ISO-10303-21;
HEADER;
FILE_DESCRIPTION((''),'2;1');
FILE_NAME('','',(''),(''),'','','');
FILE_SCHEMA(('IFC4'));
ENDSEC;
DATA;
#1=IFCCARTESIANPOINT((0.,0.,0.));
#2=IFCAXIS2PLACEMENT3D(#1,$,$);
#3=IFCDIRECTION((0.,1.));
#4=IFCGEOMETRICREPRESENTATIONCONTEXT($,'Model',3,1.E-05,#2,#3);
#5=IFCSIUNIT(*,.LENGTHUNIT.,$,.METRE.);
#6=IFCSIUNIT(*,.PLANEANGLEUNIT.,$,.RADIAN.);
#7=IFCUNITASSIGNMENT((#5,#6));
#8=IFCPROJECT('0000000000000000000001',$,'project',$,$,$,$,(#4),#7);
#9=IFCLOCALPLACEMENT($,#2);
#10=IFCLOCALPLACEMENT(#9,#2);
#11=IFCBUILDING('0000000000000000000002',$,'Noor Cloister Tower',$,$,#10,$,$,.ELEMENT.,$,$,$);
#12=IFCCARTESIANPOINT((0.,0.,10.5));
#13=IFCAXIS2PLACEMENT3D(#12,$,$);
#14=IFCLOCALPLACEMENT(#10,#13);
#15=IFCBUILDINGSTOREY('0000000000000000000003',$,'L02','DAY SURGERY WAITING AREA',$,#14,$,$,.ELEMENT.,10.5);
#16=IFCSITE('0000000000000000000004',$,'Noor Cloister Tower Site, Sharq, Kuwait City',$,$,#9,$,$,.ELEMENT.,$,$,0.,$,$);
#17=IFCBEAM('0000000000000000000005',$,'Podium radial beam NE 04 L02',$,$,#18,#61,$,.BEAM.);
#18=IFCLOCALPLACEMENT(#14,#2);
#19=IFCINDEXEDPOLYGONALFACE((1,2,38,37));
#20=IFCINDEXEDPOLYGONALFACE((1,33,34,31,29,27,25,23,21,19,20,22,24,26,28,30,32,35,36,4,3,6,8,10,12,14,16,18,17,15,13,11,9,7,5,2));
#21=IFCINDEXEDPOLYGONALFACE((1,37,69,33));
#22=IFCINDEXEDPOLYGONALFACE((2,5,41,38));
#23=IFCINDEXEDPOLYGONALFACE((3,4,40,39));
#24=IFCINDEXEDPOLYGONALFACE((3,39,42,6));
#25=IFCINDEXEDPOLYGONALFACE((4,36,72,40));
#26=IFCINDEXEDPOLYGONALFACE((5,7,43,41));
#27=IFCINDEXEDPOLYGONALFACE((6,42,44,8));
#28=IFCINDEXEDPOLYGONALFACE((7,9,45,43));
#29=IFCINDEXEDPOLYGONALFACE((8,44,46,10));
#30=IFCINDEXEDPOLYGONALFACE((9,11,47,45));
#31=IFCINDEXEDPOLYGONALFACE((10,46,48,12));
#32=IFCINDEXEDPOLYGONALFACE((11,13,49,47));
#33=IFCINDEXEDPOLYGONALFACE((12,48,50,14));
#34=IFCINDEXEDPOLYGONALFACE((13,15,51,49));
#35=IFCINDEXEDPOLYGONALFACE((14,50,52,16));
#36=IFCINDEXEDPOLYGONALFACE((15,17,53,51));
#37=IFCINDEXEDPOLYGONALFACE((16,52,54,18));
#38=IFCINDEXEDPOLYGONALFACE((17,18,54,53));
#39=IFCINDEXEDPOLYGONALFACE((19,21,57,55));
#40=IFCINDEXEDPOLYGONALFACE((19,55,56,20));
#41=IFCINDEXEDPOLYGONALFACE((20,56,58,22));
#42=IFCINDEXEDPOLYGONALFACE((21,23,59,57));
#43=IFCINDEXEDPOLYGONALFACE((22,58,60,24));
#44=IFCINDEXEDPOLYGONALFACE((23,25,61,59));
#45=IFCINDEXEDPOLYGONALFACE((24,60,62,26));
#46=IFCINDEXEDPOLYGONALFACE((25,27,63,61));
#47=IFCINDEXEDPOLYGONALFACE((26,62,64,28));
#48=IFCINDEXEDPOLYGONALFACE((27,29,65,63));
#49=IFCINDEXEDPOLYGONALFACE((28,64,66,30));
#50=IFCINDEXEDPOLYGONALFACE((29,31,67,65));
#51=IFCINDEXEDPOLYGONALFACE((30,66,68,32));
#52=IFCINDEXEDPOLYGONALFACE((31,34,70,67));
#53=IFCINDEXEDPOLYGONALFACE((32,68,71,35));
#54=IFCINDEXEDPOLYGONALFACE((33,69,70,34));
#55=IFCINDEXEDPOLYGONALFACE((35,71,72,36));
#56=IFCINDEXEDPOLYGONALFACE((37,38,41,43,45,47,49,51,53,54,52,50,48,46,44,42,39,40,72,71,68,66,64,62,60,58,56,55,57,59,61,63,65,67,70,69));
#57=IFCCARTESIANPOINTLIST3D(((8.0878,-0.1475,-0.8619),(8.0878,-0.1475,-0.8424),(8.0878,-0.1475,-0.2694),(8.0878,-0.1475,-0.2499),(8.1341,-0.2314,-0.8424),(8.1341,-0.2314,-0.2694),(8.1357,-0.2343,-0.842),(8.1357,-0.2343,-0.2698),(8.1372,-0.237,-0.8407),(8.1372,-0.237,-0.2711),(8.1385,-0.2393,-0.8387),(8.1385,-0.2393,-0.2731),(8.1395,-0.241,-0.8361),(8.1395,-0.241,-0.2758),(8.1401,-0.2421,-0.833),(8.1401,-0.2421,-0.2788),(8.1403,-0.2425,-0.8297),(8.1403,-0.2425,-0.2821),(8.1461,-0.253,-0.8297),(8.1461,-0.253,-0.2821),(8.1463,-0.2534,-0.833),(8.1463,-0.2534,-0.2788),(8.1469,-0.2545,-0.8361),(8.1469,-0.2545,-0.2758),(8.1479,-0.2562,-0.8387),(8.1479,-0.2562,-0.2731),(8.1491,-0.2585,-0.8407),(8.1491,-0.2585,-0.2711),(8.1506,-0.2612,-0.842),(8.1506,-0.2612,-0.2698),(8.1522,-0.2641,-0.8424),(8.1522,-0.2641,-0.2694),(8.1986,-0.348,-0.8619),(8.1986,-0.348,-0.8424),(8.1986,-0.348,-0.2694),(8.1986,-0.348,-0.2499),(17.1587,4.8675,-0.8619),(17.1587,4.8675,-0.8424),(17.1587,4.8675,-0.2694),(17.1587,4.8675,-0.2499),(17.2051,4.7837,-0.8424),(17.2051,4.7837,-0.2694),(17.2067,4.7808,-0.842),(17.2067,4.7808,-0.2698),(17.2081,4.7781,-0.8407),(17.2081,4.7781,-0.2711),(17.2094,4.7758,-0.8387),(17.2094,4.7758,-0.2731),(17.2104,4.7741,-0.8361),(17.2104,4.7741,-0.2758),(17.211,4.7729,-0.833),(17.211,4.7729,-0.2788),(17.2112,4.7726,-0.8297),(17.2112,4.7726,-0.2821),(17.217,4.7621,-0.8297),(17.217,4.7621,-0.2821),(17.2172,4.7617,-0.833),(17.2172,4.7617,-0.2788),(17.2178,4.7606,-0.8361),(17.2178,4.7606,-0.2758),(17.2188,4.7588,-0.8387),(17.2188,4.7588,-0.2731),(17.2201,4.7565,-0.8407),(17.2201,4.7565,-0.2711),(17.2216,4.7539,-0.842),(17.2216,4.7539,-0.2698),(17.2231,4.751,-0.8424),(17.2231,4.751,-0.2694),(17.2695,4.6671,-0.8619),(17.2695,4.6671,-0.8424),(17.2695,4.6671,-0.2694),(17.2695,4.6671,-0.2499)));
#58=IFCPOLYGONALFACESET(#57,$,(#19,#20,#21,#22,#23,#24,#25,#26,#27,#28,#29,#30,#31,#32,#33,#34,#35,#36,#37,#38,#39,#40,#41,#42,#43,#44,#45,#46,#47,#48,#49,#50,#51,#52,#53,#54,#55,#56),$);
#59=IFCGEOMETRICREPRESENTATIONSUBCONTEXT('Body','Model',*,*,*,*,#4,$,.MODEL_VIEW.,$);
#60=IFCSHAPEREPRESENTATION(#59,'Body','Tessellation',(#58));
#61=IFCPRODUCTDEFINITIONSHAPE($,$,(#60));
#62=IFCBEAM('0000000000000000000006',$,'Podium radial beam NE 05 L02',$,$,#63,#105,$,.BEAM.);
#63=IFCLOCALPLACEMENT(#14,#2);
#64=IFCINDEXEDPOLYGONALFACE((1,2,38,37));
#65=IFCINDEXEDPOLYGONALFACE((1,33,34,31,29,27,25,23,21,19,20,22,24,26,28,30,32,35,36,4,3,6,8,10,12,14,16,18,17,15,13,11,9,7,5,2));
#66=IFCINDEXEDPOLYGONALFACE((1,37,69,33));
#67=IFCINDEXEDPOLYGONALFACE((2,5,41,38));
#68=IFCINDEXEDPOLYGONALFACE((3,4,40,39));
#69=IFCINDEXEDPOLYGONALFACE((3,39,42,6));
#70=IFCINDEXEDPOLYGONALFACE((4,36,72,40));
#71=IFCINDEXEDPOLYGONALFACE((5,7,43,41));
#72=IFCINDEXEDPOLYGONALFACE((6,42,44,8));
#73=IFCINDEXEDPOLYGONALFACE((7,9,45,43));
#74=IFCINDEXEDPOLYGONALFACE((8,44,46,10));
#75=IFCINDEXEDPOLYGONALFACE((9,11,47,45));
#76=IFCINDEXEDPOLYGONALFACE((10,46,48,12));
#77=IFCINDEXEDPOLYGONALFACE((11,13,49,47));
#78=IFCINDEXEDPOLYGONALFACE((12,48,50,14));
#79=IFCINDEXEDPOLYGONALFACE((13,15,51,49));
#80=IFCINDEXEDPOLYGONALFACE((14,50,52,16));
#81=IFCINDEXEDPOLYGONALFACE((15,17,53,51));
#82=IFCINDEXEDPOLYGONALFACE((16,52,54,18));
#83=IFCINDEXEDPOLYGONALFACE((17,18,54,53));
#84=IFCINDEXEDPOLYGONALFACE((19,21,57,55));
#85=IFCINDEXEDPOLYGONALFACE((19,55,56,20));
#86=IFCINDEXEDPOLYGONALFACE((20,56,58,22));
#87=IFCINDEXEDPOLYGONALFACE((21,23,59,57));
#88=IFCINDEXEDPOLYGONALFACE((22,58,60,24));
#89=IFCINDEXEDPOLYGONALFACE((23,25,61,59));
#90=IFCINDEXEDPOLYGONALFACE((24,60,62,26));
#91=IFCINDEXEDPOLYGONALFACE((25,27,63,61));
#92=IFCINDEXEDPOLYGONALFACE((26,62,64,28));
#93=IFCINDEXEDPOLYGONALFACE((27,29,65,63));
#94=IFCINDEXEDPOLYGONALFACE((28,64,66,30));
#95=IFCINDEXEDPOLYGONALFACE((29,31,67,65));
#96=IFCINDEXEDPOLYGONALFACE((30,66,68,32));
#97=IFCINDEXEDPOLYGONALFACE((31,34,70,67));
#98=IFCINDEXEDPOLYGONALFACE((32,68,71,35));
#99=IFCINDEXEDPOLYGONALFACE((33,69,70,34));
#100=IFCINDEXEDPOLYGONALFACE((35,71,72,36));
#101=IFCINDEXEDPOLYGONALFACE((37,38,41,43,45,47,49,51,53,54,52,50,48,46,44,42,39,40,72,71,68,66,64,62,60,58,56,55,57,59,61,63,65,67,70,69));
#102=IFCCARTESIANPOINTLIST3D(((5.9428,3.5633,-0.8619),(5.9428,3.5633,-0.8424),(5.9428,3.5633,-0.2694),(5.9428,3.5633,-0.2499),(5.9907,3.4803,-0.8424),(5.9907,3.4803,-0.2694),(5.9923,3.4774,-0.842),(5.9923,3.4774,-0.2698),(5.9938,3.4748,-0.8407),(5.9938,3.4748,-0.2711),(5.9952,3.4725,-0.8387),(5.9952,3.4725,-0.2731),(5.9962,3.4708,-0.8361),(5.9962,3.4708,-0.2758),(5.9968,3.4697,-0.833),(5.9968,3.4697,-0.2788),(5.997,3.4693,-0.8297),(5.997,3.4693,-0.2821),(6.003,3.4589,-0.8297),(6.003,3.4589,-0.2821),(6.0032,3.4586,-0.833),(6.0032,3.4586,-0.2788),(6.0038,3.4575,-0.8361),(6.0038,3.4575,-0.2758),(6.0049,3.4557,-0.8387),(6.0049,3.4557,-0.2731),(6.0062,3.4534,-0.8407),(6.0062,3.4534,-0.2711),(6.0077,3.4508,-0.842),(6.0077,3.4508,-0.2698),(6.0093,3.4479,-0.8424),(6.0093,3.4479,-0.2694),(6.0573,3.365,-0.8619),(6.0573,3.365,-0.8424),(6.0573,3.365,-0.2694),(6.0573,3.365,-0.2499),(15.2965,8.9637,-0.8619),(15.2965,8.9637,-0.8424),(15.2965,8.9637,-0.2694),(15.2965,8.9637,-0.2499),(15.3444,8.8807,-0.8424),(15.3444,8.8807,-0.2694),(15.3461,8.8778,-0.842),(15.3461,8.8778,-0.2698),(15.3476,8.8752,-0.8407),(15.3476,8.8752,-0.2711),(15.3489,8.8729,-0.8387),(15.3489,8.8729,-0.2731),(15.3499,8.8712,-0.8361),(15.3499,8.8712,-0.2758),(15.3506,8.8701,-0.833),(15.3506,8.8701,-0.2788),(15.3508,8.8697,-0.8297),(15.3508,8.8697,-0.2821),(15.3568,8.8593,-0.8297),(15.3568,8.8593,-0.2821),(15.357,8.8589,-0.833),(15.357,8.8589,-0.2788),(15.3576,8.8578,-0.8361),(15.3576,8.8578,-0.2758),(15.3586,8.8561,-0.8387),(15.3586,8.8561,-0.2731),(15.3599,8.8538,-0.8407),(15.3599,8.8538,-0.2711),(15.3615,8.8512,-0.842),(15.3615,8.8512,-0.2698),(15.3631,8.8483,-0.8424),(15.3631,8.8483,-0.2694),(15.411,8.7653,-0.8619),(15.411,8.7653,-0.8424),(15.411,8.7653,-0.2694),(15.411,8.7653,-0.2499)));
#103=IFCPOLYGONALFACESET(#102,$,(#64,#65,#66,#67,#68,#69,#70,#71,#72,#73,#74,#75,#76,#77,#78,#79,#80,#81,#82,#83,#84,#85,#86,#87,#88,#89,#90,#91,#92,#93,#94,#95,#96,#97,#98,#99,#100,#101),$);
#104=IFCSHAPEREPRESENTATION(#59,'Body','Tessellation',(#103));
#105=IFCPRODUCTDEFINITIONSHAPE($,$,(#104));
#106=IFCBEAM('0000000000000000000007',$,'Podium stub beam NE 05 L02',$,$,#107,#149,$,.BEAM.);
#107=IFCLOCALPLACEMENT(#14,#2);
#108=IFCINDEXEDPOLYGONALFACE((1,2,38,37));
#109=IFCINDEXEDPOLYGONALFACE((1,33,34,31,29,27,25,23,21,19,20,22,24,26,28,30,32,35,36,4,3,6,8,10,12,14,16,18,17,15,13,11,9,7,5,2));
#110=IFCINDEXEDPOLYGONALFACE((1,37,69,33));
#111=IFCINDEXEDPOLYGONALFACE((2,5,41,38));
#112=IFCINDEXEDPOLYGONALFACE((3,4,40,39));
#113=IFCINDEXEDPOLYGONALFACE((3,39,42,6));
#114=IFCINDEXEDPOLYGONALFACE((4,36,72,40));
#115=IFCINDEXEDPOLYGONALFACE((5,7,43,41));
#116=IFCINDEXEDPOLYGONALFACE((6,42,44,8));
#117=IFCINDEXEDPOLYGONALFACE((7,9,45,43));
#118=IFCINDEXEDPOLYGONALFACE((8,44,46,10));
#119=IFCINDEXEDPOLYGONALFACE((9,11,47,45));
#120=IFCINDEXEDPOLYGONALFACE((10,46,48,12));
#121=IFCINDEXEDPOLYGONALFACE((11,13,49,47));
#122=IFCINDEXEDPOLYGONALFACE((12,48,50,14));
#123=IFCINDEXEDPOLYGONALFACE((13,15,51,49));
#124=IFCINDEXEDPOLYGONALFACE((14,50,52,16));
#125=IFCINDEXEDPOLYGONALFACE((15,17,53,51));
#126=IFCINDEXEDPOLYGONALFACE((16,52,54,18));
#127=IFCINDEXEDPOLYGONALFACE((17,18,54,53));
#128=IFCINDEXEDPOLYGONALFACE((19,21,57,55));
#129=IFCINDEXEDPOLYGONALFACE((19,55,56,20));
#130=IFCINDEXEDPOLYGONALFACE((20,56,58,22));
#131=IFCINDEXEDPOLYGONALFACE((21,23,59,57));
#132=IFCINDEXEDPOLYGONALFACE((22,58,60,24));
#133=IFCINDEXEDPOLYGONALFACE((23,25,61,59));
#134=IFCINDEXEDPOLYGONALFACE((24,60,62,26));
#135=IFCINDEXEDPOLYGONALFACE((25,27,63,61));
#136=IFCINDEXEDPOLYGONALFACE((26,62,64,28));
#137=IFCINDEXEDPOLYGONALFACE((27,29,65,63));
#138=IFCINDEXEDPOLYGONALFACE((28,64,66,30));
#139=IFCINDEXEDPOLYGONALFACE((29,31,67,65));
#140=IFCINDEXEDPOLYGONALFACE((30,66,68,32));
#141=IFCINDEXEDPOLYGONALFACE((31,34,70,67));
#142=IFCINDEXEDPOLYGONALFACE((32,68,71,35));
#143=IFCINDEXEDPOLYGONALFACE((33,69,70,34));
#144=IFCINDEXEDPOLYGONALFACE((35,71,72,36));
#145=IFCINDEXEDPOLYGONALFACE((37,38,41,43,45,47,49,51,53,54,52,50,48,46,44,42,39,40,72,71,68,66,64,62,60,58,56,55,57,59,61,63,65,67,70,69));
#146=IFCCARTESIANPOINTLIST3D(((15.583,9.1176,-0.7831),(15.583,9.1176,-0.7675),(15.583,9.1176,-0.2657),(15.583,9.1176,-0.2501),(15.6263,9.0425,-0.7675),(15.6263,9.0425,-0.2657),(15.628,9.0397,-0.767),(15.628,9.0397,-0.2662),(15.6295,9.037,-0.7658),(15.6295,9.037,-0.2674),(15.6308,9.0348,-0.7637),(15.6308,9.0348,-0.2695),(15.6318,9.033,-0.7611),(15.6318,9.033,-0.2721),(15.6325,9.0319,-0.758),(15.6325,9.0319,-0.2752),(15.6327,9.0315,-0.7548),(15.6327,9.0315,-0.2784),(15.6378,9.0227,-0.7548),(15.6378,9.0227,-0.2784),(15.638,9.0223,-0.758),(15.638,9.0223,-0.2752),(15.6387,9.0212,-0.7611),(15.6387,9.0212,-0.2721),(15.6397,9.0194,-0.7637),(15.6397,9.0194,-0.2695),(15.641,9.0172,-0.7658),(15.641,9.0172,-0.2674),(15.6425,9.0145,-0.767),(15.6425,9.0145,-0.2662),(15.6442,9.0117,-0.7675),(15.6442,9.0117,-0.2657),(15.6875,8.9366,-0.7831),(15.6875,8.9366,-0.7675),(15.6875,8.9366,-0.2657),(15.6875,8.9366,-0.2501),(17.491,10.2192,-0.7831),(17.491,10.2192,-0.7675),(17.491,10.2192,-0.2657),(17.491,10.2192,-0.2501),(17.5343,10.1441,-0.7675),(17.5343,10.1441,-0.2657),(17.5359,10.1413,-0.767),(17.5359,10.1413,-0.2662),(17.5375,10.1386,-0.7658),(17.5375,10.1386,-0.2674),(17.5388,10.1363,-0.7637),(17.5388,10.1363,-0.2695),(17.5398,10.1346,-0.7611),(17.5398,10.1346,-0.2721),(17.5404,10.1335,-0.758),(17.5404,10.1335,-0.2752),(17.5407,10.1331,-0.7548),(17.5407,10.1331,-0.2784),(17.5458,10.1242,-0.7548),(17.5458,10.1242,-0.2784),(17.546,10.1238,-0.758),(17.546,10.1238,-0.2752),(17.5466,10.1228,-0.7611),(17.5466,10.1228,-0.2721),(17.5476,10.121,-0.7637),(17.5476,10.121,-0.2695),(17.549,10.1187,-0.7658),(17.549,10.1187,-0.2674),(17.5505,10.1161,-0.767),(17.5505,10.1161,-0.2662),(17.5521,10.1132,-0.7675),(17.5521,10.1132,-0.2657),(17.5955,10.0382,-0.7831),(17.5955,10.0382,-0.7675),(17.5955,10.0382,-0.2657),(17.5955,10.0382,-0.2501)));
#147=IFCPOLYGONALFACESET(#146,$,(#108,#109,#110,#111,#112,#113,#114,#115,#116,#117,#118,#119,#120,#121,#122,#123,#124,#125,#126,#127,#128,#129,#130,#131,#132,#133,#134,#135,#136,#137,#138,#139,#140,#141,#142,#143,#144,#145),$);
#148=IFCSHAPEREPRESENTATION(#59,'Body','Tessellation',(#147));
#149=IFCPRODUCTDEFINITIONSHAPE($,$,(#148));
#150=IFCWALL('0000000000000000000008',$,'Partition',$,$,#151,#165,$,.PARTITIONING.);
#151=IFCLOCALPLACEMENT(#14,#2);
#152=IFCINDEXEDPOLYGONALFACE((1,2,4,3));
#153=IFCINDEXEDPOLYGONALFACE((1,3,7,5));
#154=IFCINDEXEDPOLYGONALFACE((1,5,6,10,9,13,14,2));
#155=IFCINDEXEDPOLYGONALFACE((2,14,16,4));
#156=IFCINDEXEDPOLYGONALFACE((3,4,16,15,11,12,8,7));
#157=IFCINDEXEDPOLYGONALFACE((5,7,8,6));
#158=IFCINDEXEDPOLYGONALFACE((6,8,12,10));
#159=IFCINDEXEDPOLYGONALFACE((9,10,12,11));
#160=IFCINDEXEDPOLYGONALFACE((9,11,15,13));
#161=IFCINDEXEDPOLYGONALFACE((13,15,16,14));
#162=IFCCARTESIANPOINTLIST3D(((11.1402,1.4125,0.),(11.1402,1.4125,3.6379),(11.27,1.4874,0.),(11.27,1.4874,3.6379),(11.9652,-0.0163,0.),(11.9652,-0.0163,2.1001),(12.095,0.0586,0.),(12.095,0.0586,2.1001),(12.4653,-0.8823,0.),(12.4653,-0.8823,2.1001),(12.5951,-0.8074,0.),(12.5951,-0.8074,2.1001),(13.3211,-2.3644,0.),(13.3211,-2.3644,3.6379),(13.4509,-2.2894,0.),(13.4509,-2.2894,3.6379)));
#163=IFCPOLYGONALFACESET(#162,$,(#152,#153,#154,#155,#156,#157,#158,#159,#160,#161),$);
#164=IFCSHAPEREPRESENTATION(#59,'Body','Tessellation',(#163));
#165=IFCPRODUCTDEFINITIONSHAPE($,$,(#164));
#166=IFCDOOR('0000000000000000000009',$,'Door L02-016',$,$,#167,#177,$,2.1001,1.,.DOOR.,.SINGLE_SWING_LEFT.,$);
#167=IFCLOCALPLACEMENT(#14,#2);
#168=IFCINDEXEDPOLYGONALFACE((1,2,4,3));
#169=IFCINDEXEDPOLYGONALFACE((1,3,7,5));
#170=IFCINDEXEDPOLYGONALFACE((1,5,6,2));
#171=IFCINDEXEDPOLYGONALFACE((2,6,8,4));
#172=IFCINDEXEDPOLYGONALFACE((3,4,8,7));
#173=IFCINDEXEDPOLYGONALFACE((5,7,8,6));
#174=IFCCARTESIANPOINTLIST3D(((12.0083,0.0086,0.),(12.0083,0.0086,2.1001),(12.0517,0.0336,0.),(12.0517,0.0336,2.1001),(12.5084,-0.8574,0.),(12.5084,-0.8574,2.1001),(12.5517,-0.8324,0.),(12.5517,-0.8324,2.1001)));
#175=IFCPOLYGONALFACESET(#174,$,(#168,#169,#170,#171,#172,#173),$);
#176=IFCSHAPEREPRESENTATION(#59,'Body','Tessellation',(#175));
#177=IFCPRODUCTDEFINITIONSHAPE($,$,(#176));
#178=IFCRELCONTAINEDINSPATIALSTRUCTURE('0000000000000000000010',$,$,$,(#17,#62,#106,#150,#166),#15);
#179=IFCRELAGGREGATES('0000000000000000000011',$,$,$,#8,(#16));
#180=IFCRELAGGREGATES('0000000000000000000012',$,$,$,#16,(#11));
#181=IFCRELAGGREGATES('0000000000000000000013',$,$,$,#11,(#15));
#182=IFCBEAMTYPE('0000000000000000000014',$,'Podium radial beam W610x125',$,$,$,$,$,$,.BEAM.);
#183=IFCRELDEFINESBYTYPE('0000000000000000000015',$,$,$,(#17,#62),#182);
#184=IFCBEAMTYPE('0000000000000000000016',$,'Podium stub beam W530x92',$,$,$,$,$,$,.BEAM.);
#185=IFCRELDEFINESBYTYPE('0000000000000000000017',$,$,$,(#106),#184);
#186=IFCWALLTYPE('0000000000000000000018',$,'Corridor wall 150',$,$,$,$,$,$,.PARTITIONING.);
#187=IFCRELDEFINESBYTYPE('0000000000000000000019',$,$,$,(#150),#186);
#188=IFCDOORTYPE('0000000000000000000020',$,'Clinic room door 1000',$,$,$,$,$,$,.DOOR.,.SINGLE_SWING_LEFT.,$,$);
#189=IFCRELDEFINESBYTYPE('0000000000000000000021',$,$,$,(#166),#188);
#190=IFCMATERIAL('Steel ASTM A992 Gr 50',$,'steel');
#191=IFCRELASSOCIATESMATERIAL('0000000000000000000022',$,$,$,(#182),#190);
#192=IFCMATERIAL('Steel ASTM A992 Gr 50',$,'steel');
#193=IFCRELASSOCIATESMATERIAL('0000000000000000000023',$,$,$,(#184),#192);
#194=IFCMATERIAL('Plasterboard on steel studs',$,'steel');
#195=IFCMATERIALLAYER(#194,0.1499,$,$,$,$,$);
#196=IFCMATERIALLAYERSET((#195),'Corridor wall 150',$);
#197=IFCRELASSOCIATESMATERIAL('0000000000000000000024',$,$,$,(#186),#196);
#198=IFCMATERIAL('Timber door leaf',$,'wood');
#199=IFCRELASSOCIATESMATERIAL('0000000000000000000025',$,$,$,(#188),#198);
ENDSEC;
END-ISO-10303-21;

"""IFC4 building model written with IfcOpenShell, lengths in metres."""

from ifc_helpers import new_model, si_unit, direction, frame, frame_2d, origin, origin_2d, place, context, subcontext, project, spatial, rectangle, i_section, extrude, material, layer, layer_set, material_profile, profile_set, type_object, element, fill, save


model = new_model("IFC4")

# Units and contexts
model_context = context("Model", 3, precision=1e-05, world=origin(), true_north=direction((0.0, 1.0)))
body_context = subcontext(model_context, "Body", "Model", "MODEL_VIEW")
ifc_project = project(units=[si_unit("LENGTHUNIT", "METRE"), si_unit("PLANEANGLEUNIT", "RADIAN")], contexts=[model_context])

# Site, building, storey
site_placement = place(None, origin())
site = spatial("IfcSite", under=ifc_project, at=site_placement, Name="Noor Cloister Tower Site, Sharq, Kuwait City", CompositionType="ELEMENT", RefElevation=0.0)
building_placement = place(site_placement, origin())
building = spatial("IfcBuilding", under=site, at=building_placement, Name="Noor Cloister Tower", CompositionType="ELEMENT")
storey_placement = place(building_placement, frame((0.0, 0.0, 10.5)))
storey = spatial("IfcBuildingStorey", under=building, at=storey_placement, Name="L02", Description="DAY SURGERY WAITING AREA", CompositionType="ELEMENT", Elevation=10.5)

# Beams
ifc_material_1 = material(Name="Steel ASTM A992 Gr 50", Category="steel")
ifc_material_profile_1 = material_profile(ifc_material_1, i_section(OverallWidth=0.229, OverallDepth=0.6121, WebThickness=0.012, FlangeThickness=0.0195, FilletRadius=0.0127, at=origin_2d()), Name="W610x125")
ifc_profile_set_1 = profile_set([ifc_material_profile_1], Name="Steel ASTM A992 Gr 50")
beam_type_1 = type_object("IfcBeamType", Name="Podium radial beam W610x125", PredefinedType="BEAM", material=ifc_profile_set_1)
beam_1_placement = place(storey_placement, frame((17.2141, 4.7673, -0.5559), z_axis=(-0.875152, -0.483848, 0.0), x_axis=(0.483848, -0.875152, 0.0)))
element("IfcBeam", 1, at=beam_1_placement, inside=storey, type_object=beam_type_1, Name="Podium radial beam NE 04 L02", PredefinedType="BEAM", context=body_context, shape_type="SweptSolid", body=[
    extrude(i_section(OverallWidth=0.229, OverallDepth=0.6121, WebThickness=0.012, FlangeThickness=0.0195, FilletRadius=0.0127, at=origin_2d()), origin(), (0.0, 0.0, 1.0), 10.365),
])
beam_2_placement = place(storey_placement, frame((15.3538, 8.8645, -0.5559), z_axis=(-0.866026, -0.5, 0.0), x_axis=(0.5, -0.866026, 0.0)))
element("IfcBeam", 2, at=beam_2_placement, inside=storey, type_object=beam_type_1, Name="Podium radial beam NE 05 L02", PredefinedType="BEAM", context=body_context, shape_type="SweptSolid", body=[
    extrude(i_section(OverallWidth=0.229, OverallDepth=0.6121, WebThickness=0.012, FlangeThickness=0.0195, FilletRadius=0.0127, at=origin_2d()), origin(), (0.0, 0.0, 1.0), 10.8008),
])
ifc_material_2 = material(Name="Steel ASTM A992 Gr 50", Category="steel")
ifc_material_profile_2 = material_profile(ifc_material_2, i_section(OverallWidth=0.209, OverallDepth=0.533, WebThickness=0.0103, FlangeThickness=0.0156, FilletRadius=0.0127, at=origin_2d()), Name="W530x92")
ifc_profile_set_2 = profile_set([ifc_material_profile_2], Name="Steel ASTM A992 Gr 50")
beam_type_2 = type_object("IfcBeamType", Name="Podium stub beam W530x92", PredefinedType="BEAM", material=ifc_profile_set_2)
beam_3_placement = place(storey_placement, frame((15.6353, 9.0271, -0.5166), z_axis=(0.866025, 0.500001, 0.0), x_axis=(-0.500001, 0.866025, 0.0)))
element("IfcBeam", 3, at=beam_3_placement, inside=storey, type_object=beam_type_2, Name="Podium stub beam NE 05 L02", PredefinedType="BEAM", context=body_context, shape_type="SweptSolid", body=[
    extrude(i_section(OverallWidth=0.209, OverallDepth=0.533, WebThickness=0.0103, FlangeThickness=0.0156, FilletRadius=0.0127, at=origin_2d()), origin(), (0.0, 0.0, 1.0), 2.2031),
])

# Wall, opening, door
ifc_material_3 = material(Name="Plasterboard on steel studs", Category="steel")
ifc_layer_1 = layer(ifc_material_3, 0.1499)
ifc_layer_set_1 = layer_set([ifc_layer_1], Name="Corridor wall 150")
wall_type_1 = type_object("IfcWallType", Name="Corridor wall 150", PredefinedType="PARTITIONING", material=ifc_layer_set_1)
wall_1_placement = place(storey_placement, frame((11.2051, 1.45, 0.0), z_axis=(0.0, 0.0, 1.0), x_axis=(0.500058, -0.865992, 0.0)))
wall_1 = element("IfcWall", 4, at=wall_1_placement, inside=storey, type_object=wall_type_1, Name="Partition", PredefinedType="PARTITIONING", context=body_context, shape_type="SweptSolid", body=[
    extrude(rectangle(XDim=4.3613, YDim=0.1499, at=frame_2d((2.1807, 0.0))), origin(), (0.0, 0.0, 1.0), 3.6379),
])
opening_1_placement = place(wall_1_placement, frame((1.6499, 0.0, 0.0)))
opening_1 = element("IfcOpeningElement", 5, at=opening_1_placement, cuts=wall_1, PredefinedType="OPENING", context=body_context, shape_type="SweptSolid", body=[
    extrude(rectangle(XDim=1.0, YDim=2.1001, at=frame_2d((0.5, 1.05))), frame((0.0, 0.085, 0.0), z_axis=(0.0, -1.0, 0.0), x_axis=(1.0, 0.0, 0.0)), (0.0, 0.0, 1.0), 0.1699),
])
ifc_material_4 = material(Name="Timber door leaf", Category="wood")
door_type_1 = type_object("IfcDoorType", Name="Clinic room door 1000", OperationType="SINGLE_SWING_LEFT", PredefinedType="DOOR", material=ifc_material_4)
door_1_placement = place(opening_1_placement, origin())
door_1 = element("IfcDoor", 6, at=door_1_placement, inside=storey, type_object=door_type_1, Name="Door L02-016", OperationType="SINGLE_SWING_LEFT", OverallHeight=2.1001, OverallWidth=1.0, PredefinedType="DOOR", context=body_context, shape_type="SweptSolid", body=[
    extrude(rectangle(XDim=1.0, YDim=2.1001, at=frame_2d((0.5, 1.05))), frame((0.0, 0.0249, 0.0), z_axis=(0.0, -1.0, 0.0), x_axis=(1.0, 0.0, 0.0)), (0.0, 0.0, 1.0), 0.05),
])
fill(opening_1, door_1)

save(model, "model.ifc")
